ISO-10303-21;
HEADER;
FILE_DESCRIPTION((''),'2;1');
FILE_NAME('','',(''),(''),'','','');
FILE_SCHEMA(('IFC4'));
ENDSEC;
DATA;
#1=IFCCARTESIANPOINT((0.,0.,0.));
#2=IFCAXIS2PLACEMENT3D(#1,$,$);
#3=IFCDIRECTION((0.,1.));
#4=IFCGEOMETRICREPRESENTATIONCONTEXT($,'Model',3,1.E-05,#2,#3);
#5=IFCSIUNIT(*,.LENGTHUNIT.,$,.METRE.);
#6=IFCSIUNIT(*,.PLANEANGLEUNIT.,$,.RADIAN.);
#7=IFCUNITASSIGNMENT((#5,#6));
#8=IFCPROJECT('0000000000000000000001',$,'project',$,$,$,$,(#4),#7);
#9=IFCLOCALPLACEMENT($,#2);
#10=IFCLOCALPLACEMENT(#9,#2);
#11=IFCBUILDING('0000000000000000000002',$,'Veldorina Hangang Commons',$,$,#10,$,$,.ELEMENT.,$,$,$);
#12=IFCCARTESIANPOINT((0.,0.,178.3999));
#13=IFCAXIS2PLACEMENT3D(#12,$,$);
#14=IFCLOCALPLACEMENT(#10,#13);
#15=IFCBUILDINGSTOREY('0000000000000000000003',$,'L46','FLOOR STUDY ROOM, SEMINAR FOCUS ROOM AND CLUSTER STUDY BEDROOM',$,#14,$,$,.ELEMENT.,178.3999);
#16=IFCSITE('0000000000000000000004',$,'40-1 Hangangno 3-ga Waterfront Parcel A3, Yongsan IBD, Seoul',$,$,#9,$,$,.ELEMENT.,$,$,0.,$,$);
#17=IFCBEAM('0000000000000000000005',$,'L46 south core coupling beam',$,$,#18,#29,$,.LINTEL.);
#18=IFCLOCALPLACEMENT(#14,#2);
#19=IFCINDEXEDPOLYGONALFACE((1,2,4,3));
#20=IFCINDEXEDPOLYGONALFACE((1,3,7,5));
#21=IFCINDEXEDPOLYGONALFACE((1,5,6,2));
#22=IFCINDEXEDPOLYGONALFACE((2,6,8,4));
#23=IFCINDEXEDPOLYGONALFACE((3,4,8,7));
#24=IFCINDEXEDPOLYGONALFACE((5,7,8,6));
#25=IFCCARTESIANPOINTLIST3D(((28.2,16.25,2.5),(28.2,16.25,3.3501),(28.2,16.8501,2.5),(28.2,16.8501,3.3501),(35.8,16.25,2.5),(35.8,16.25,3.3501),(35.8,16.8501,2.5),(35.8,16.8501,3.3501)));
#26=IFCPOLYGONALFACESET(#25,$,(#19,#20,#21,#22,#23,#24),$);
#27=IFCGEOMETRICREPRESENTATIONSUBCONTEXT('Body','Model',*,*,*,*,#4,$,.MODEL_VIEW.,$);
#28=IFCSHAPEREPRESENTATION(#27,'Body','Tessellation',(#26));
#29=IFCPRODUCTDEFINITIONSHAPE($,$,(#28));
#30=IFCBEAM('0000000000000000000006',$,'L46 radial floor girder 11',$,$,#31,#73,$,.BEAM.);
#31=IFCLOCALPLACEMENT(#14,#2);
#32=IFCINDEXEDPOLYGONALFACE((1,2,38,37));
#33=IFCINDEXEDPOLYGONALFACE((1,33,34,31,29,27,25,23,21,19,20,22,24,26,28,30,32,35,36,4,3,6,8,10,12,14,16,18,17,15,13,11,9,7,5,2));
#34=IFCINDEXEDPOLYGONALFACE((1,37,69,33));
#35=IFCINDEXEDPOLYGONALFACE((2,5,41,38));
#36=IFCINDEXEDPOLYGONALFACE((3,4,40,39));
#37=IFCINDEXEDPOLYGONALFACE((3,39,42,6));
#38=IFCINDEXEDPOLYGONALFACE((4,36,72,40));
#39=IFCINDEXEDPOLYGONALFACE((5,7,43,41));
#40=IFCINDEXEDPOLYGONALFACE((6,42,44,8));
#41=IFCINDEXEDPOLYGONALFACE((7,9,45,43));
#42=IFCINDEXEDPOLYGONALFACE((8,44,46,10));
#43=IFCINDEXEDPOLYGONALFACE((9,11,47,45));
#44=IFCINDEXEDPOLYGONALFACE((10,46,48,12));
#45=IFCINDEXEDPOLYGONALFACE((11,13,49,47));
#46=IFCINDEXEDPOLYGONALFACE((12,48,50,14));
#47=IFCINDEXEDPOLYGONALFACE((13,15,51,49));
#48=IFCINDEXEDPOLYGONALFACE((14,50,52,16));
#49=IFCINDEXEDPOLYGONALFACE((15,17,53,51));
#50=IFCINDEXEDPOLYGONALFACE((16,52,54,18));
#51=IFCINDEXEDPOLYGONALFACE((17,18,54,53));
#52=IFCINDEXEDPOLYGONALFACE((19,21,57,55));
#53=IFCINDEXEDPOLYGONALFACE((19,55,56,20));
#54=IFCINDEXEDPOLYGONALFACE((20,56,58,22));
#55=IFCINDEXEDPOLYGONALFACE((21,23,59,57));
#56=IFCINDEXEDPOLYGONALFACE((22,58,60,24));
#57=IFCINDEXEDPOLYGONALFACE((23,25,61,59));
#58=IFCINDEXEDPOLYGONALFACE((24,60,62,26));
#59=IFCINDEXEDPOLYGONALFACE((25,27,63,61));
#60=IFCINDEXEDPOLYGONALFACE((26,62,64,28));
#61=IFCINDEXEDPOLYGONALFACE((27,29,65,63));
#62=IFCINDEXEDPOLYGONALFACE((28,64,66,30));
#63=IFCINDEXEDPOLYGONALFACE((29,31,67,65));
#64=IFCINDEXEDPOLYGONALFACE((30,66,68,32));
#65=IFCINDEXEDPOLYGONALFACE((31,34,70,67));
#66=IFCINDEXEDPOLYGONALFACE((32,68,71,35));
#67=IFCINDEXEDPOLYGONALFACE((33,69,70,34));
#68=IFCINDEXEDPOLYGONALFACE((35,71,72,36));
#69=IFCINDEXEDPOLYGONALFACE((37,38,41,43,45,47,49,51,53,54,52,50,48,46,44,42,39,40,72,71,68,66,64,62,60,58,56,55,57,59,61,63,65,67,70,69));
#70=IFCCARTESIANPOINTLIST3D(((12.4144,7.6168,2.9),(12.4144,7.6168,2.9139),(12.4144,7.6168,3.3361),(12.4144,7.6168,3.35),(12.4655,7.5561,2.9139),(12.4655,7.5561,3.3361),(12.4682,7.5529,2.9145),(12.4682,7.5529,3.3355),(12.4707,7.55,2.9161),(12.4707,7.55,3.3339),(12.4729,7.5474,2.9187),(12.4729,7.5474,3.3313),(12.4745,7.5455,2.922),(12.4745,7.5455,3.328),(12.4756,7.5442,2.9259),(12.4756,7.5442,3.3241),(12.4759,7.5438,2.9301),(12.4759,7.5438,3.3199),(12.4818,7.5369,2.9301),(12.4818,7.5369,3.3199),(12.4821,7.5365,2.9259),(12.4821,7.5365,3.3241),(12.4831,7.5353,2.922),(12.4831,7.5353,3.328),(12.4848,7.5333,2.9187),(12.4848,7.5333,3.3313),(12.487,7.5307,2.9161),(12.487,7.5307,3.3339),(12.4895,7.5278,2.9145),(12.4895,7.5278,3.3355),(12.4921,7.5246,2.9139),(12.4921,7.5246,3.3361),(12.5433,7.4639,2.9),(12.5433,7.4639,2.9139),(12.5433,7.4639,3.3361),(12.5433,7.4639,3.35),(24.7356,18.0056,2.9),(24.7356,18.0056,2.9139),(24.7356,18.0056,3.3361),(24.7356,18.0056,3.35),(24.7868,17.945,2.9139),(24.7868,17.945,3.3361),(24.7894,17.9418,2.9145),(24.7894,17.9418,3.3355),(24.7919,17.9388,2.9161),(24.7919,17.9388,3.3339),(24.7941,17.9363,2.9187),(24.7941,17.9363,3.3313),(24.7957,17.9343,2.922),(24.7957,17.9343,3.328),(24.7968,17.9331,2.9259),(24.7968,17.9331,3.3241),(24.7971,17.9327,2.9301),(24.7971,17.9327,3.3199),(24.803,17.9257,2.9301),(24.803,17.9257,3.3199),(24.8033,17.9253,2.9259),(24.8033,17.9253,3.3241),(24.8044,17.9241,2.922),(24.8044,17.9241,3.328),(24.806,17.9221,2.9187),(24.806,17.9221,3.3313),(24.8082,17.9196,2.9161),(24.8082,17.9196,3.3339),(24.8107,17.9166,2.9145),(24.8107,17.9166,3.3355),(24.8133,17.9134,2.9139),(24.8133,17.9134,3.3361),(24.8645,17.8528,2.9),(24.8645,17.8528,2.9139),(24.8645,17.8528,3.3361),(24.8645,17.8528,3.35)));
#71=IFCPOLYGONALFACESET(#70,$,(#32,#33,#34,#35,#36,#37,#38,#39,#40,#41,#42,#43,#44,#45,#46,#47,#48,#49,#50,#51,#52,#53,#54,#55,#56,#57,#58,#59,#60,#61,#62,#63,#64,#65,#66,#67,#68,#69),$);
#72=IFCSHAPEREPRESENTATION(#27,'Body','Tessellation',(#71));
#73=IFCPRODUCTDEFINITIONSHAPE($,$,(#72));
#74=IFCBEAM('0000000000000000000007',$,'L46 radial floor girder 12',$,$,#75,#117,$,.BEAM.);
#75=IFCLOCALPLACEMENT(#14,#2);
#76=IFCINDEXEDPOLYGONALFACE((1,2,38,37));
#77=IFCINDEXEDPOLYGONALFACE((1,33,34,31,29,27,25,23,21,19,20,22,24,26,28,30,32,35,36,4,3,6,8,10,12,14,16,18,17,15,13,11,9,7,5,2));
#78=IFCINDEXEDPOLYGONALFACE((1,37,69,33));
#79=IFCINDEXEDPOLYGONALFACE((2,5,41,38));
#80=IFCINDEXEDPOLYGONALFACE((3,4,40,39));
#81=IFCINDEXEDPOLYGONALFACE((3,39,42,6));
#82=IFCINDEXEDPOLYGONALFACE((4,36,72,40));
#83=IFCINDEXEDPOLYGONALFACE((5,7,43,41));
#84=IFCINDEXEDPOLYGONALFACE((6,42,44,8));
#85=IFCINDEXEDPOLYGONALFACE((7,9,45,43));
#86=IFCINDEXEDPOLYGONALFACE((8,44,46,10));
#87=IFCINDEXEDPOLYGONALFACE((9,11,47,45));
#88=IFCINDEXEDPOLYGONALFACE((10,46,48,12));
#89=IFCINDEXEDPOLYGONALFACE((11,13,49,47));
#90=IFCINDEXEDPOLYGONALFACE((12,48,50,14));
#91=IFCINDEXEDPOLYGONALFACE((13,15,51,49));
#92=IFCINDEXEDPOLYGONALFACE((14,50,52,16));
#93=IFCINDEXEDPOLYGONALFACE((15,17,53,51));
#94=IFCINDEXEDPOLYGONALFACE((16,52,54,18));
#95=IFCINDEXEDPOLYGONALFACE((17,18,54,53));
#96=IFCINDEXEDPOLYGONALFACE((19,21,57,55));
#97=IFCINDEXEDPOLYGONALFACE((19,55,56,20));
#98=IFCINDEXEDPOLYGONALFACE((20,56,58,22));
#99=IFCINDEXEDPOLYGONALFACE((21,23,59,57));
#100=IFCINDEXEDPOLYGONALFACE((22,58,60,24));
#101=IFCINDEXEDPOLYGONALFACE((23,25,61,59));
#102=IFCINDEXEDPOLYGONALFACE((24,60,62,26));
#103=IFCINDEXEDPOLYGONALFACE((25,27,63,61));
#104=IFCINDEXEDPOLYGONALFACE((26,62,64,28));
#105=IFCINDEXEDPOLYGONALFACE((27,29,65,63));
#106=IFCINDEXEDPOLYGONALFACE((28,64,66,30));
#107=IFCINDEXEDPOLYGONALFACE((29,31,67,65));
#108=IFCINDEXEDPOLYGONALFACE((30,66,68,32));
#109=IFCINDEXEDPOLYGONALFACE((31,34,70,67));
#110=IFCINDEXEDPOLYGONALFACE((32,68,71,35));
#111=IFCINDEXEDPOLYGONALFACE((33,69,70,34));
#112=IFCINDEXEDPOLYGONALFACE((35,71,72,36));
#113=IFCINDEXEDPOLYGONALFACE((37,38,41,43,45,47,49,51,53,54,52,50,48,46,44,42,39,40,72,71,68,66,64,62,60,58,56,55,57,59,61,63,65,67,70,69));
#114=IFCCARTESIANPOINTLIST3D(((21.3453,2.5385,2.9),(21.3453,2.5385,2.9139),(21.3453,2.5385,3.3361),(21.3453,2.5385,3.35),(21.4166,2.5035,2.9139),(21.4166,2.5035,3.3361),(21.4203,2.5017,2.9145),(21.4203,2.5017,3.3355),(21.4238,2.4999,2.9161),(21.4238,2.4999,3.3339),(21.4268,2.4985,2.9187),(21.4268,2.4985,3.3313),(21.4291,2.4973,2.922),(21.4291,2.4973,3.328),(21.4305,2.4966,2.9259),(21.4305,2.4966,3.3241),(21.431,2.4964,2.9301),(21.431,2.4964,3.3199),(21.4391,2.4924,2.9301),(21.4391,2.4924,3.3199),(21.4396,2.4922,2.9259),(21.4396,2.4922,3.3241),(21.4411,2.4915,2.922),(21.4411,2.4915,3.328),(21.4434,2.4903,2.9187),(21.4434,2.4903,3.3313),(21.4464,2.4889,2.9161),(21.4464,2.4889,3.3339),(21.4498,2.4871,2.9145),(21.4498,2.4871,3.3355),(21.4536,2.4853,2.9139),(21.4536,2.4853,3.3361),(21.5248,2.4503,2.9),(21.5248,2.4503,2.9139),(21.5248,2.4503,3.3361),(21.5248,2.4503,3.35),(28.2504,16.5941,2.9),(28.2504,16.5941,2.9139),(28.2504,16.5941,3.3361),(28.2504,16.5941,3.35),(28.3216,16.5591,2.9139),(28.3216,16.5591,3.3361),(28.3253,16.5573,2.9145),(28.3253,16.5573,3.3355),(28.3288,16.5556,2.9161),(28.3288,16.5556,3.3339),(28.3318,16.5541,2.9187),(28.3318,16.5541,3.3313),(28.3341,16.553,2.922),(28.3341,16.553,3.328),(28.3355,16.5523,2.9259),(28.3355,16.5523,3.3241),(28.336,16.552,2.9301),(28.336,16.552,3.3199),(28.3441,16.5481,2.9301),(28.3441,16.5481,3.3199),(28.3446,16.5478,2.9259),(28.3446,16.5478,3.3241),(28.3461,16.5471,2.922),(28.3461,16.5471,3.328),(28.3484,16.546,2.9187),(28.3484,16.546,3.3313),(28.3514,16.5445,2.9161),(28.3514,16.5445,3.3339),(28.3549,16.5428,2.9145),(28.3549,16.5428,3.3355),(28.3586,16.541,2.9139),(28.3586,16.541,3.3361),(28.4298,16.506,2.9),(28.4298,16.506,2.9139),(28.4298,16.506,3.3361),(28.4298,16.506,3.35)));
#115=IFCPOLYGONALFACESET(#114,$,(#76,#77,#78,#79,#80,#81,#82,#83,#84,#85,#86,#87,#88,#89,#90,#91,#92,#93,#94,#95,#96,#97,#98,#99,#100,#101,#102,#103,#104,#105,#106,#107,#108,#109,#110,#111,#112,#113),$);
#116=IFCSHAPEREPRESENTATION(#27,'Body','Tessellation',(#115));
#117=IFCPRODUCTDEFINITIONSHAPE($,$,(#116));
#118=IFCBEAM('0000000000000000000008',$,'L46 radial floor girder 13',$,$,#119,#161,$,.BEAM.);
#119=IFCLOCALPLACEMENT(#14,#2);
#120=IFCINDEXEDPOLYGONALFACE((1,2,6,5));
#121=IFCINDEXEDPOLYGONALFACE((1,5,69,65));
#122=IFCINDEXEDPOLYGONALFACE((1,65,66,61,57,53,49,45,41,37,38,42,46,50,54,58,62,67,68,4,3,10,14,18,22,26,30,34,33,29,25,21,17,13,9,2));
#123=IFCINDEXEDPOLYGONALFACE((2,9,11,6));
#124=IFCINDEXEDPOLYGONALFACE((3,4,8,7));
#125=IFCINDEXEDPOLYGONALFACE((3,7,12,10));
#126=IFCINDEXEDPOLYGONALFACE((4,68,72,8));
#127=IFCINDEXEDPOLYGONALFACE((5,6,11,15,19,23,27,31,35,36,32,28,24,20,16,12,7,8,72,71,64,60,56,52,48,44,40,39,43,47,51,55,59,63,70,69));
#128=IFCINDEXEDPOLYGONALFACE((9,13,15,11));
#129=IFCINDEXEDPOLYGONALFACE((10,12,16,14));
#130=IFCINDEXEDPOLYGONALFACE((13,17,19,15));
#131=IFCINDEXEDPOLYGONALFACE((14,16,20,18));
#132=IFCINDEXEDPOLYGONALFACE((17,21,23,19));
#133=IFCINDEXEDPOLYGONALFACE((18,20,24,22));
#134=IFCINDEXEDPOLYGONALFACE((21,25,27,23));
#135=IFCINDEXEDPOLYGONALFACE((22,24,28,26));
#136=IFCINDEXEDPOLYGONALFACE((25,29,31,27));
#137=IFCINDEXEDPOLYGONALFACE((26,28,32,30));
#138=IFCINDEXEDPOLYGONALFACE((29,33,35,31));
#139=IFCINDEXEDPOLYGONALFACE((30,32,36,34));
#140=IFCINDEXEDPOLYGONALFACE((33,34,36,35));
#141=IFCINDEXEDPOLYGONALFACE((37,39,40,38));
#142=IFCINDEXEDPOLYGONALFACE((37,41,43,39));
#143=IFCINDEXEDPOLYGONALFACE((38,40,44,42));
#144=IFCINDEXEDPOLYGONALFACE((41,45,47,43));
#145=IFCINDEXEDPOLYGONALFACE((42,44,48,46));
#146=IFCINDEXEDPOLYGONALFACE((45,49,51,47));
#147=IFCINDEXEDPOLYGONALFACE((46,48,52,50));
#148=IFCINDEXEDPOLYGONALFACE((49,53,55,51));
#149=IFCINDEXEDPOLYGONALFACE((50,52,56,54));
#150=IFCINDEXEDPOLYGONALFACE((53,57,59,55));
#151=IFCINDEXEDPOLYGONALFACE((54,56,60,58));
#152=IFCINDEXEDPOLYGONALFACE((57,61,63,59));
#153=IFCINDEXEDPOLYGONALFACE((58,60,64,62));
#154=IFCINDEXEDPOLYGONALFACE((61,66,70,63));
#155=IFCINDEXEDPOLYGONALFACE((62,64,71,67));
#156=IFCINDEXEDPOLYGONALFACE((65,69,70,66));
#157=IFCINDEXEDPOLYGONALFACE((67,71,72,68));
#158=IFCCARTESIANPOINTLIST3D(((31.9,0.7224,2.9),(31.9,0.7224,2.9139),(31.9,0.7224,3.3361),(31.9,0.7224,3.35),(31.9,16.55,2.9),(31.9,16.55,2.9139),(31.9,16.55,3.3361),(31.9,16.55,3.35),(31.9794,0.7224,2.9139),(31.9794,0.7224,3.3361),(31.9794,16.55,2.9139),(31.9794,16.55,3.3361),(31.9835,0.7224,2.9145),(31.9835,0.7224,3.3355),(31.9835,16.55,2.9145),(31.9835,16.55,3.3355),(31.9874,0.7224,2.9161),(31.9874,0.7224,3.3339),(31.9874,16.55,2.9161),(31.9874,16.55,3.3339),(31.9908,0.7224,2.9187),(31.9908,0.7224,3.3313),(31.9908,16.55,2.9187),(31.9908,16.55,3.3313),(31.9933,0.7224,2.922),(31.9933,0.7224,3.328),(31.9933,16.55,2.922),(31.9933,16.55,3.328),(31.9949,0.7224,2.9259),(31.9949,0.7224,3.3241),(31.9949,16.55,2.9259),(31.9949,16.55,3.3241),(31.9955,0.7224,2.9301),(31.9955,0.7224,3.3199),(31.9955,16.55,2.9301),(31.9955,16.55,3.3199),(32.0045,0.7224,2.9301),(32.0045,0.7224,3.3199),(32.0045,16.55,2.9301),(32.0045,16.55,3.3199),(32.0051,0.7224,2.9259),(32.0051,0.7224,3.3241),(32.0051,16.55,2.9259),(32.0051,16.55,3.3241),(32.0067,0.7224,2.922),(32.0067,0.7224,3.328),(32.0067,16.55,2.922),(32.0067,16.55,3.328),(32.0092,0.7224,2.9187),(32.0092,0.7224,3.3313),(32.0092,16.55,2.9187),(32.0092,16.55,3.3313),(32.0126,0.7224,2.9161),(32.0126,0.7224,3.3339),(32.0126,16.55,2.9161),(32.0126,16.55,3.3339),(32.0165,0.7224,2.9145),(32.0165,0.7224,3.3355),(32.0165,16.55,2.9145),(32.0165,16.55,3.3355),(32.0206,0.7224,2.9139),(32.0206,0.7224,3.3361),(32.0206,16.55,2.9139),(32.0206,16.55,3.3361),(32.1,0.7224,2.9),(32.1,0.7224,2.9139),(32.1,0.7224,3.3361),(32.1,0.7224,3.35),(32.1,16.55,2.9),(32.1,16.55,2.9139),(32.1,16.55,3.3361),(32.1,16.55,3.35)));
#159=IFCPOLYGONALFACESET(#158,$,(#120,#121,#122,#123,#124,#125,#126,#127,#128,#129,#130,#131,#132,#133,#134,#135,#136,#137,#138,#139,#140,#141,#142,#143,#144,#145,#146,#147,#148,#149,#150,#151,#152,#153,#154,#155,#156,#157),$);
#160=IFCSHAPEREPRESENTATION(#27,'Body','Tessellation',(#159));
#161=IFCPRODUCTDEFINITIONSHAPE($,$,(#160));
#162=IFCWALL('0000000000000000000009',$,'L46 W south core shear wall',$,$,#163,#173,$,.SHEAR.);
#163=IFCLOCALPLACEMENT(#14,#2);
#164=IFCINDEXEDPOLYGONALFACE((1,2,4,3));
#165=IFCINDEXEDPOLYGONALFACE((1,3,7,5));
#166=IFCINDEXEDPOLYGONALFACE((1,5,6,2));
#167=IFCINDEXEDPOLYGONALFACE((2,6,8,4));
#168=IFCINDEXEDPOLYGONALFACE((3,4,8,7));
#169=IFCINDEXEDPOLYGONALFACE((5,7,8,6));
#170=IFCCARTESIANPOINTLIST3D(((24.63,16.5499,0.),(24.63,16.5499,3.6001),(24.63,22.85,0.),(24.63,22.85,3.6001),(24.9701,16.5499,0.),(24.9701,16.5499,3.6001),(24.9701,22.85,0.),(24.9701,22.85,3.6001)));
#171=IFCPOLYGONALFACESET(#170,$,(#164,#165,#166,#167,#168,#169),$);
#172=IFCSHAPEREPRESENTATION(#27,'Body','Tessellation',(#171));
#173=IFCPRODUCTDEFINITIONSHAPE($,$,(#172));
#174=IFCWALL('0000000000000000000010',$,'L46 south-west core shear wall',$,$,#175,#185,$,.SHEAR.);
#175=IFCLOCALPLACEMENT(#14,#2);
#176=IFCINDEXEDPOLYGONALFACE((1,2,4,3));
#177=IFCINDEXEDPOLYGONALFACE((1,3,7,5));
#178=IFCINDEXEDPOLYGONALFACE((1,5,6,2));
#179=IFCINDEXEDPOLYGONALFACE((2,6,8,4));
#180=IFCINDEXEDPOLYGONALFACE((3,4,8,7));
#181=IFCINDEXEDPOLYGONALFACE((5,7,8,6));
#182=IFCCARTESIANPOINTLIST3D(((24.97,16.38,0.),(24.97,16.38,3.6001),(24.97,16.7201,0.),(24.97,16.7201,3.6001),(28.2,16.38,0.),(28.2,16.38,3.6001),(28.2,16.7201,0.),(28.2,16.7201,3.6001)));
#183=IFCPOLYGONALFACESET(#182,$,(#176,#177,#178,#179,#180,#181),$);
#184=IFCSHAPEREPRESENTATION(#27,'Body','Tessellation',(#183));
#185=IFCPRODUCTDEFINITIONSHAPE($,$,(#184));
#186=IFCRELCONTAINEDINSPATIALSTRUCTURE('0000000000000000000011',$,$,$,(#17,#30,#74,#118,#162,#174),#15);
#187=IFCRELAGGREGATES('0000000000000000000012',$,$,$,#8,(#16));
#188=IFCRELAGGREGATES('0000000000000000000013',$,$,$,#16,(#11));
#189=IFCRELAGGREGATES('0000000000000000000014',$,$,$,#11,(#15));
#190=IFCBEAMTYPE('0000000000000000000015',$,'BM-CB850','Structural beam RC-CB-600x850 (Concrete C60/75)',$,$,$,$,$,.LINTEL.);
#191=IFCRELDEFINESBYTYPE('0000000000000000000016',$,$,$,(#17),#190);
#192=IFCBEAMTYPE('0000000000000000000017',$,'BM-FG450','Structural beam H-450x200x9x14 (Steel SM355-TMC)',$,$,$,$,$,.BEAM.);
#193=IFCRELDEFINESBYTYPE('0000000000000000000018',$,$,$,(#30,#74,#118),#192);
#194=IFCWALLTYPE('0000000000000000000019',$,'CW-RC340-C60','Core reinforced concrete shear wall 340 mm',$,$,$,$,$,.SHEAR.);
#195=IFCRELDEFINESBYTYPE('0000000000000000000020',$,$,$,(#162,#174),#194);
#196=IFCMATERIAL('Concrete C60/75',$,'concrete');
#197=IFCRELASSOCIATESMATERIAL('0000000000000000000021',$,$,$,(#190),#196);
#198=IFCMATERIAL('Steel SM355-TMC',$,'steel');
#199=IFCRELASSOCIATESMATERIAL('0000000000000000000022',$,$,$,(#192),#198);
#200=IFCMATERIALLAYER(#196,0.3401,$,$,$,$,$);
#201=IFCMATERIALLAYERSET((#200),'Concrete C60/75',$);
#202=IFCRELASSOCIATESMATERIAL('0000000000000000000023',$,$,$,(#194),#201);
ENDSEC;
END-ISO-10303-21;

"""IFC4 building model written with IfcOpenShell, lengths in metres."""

from ifc_helpers import new_model, si_unit, direction, frame, frame_2d, origin, origin_2d, place, context, subcontext, project, spatial, rectangle, i_section, extrude, material, layer, layer_set, material_profile, profile_set, type_object, element, save


model = new_model("IFC4")

# Units and contexts
model_context = context("Model", 3, precision=1e-05, world=origin(), true_north=direction((0.0, 1.0)))
body_context = subcontext(model_context, "Body", "Model", "MODEL_VIEW")
ifc_project = project(units=[si_unit("LENGTHUNIT", "METRE"), si_unit("PLANEANGLEUNIT", "RADIAN")], contexts=[model_context])

# Site, building, storey
site_placement = place(None, origin())
site = spatial("IfcSite", under=ifc_project, at=site_placement, Name="40-1 Hangangno 3-ga Waterfront Parcel A3, Yongsan IBD, Seoul", CompositionType="ELEMENT", RefElevation=0.0)
building_placement = place(site_placement, origin())
building = spatial("IfcBuilding", under=site, at=building_placement, Name="Veldorina Hangang Commons", CompositionType="ELEMENT")
storey_placement = place(building_placement, frame((0.0, 0.0, 178.3999)))
storey = spatial("IfcBuildingStorey", under=building, at=storey_placement, Name="L46", Description="FLOOR STUDY ROOM, SEMINAR FOCUS ROOM AND CLUSTER STUDY BEDROOM", CompositionType="ELEMENT", Elevation=178.3999)

# Beams
ifc_material_1 = material(Name="Concrete C60/75", Category="concrete")
ifc_material_profile_1 = material_profile(ifc_material_1, rectangle(XDim=0.6001, YDim=0.8501, at=origin_2d()), Name="RC-CB-600x850")
ifc_profile_set_1 = profile_set([ifc_material_profile_1], Name="Concrete C60/75")
beam_type_1 = type_object("IfcBeamType", Name="BM-CB850", Description="Structural beam RC-CB-600x850 (Concrete C60/75)", PredefinedType="LINTEL", material=ifc_profile_set_1)
beam_1_placement = place(storey_placement, frame((28.2, 16.55, 2.925), z_axis=(1.0, 0.0, 0.0), x_axis=(0.0, 1.0, 0.0)))
element("IfcBeam", 1, at=beam_1_placement, inside=storey, type_object=beam_type_1, Name="L46 south core coupling beam", PredefinedType="LINTEL", context=body_context, shape_type="SweptSolid", body=[
    extrude(rectangle(XDim=0.6001, YDim=0.8501, at=origin_2d()), origin(), (0.0, 0.0, 1.0), 7.6001),
])
ifc_material_2 = material(Name="Steel SM355-TMC", Category="steel")
ifc_material_profile_2 = material_profile(ifc_material_2, i_section(OverallWidth=0.2, OverallDepth=0.45, WebThickness=0.009, FlangeThickness=0.0139, FilletRadius=0.0161, at=origin_2d()), Name="H-450x200x9x14")
ifc_profile_set_2 = profile_set([ifc_material_profile_2], Name="Steel SM355-TMC")
beam_type_2 = type_object("IfcBeamType", Name="BM-FG450", Description="Structural beam H-450x200x9x14 (Steel SM355-TMC)", PredefinedType="BEAM", material=ifc_profile_set_2)
beam_2_placement = place(storey_placement, frame((24.8, 17.9292, 3.125), z_axis=(-0.764511, -0.644611, 0.0), x_axis=(0.644611, -0.764511, 0.0)))
element("IfcBeam", 2, at=beam_2_placement, inside=storey, type_object=beam_type_2, Name="L46 radial floor girder 11", PredefinedType="BEAM", context=body_context, shape_type="SweptSolid", body=[
    extrude(i_section(OverallWidth=0.2, OverallDepth=0.45, WebThickness=0.009, FlangeThickness=0.0139, FilletRadius=0.0161, at=origin_2d()), origin(), (0.0, 0.0, 1.0), 16.1165),
])
beam_3_placement = place(storey_placement, frame((28.3401, 16.55, 3.125), z_axis=(-0.440929, -0.897542, 0.0), x_axis=(0.897542, -0.440929, 0.0)))
element("IfcBeam", 3, at=beam_3_placement, inside=storey, type_object=beam_type_2, Name="L46 radial floor girder 12", PredefinedType="BEAM", context=body_context, shape_type="SweptSolid", body=[
    extrude(i_section(OverallWidth=0.2, OverallDepth=0.45, WebThickness=0.009, FlangeThickness=0.0139, FilletRadius=0.0161, at=origin_2d()), origin(), (0.0, 0.0, 1.0), 15.6602),
])
beam_4_placement = place(storey_placement, frame((32.0, 16.55, 3.125), z_axis=(0.0, -1.0, 0.0), x_axis=(1.0, 0.0, 0.0)))
element("IfcBeam", 4, at=beam_4_placement, inside=storey, type_object=beam_type_2, Name="L46 radial floor girder 13", PredefinedType="BEAM", context=body_context, shape_type="SweptSolid", body=[
    extrude(i_section(OverallWidth=0.2, OverallDepth=0.45, WebThickness=0.009, FlangeThickness=0.0139, FilletRadius=0.0161, at=origin_2d()), origin(), (0.0, 0.0, 1.0), 15.8276),
])

# Walls
ifc_layer_1 = layer(ifc_material_1, 0.3401)
ifc_layer_set_1 = layer_set([ifc_layer_1], Name="Concrete C60/75")
wall_type_1 = type_object("IfcWallType", Name="CW-RC340-C60", Description="Core reinforced concrete shear wall 340 mm", PredefinedType="SHEAR", material=ifc_layer_set_1)
wall_1_placement = place(storey_placement, frame((24.8, 16.55, 0.0), z_axis=(0.0, 0.0, 1.0), x_axis=(0.0, 1.0, 0.0)))
element("IfcWall", 5, at=wall_1_placement, inside=storey, type_object=wall_type_1, Name="L46 W south core shear wall", PredefinedType="SHEAR", context=body_context, shape_type="SweptSolid", body=[
    extrude(rectangle(XDim=6.3, YDim=0.3401, at=frame_2d((3.1499, 0.0))), origin(), (0.0, 0.0, 1.0), 3.6001),
])
wall_2_placement = place(storey_placement, frame((24.97, 16.55, 0.0), z_axis=(0.0, 0.0, 1.0), x_axis=(1.0, 0.0, 0.0)))
element("IfcWall", 6, at=wall_2_placement, inside=storey, type_object=wall_type_1, Name="L46 south-west core shear wall", PredefinedType="SHEAR", context=body_context, shape_type="SweptSolid", body=[
    extrude(rectangle(XDim=3.23, YDim=0.3401, at=frame_2d((1.615, 0.0))), origin(), (0.0, 0.0, 1.0), 3.6001),
])

save(model, "model.ifc")
